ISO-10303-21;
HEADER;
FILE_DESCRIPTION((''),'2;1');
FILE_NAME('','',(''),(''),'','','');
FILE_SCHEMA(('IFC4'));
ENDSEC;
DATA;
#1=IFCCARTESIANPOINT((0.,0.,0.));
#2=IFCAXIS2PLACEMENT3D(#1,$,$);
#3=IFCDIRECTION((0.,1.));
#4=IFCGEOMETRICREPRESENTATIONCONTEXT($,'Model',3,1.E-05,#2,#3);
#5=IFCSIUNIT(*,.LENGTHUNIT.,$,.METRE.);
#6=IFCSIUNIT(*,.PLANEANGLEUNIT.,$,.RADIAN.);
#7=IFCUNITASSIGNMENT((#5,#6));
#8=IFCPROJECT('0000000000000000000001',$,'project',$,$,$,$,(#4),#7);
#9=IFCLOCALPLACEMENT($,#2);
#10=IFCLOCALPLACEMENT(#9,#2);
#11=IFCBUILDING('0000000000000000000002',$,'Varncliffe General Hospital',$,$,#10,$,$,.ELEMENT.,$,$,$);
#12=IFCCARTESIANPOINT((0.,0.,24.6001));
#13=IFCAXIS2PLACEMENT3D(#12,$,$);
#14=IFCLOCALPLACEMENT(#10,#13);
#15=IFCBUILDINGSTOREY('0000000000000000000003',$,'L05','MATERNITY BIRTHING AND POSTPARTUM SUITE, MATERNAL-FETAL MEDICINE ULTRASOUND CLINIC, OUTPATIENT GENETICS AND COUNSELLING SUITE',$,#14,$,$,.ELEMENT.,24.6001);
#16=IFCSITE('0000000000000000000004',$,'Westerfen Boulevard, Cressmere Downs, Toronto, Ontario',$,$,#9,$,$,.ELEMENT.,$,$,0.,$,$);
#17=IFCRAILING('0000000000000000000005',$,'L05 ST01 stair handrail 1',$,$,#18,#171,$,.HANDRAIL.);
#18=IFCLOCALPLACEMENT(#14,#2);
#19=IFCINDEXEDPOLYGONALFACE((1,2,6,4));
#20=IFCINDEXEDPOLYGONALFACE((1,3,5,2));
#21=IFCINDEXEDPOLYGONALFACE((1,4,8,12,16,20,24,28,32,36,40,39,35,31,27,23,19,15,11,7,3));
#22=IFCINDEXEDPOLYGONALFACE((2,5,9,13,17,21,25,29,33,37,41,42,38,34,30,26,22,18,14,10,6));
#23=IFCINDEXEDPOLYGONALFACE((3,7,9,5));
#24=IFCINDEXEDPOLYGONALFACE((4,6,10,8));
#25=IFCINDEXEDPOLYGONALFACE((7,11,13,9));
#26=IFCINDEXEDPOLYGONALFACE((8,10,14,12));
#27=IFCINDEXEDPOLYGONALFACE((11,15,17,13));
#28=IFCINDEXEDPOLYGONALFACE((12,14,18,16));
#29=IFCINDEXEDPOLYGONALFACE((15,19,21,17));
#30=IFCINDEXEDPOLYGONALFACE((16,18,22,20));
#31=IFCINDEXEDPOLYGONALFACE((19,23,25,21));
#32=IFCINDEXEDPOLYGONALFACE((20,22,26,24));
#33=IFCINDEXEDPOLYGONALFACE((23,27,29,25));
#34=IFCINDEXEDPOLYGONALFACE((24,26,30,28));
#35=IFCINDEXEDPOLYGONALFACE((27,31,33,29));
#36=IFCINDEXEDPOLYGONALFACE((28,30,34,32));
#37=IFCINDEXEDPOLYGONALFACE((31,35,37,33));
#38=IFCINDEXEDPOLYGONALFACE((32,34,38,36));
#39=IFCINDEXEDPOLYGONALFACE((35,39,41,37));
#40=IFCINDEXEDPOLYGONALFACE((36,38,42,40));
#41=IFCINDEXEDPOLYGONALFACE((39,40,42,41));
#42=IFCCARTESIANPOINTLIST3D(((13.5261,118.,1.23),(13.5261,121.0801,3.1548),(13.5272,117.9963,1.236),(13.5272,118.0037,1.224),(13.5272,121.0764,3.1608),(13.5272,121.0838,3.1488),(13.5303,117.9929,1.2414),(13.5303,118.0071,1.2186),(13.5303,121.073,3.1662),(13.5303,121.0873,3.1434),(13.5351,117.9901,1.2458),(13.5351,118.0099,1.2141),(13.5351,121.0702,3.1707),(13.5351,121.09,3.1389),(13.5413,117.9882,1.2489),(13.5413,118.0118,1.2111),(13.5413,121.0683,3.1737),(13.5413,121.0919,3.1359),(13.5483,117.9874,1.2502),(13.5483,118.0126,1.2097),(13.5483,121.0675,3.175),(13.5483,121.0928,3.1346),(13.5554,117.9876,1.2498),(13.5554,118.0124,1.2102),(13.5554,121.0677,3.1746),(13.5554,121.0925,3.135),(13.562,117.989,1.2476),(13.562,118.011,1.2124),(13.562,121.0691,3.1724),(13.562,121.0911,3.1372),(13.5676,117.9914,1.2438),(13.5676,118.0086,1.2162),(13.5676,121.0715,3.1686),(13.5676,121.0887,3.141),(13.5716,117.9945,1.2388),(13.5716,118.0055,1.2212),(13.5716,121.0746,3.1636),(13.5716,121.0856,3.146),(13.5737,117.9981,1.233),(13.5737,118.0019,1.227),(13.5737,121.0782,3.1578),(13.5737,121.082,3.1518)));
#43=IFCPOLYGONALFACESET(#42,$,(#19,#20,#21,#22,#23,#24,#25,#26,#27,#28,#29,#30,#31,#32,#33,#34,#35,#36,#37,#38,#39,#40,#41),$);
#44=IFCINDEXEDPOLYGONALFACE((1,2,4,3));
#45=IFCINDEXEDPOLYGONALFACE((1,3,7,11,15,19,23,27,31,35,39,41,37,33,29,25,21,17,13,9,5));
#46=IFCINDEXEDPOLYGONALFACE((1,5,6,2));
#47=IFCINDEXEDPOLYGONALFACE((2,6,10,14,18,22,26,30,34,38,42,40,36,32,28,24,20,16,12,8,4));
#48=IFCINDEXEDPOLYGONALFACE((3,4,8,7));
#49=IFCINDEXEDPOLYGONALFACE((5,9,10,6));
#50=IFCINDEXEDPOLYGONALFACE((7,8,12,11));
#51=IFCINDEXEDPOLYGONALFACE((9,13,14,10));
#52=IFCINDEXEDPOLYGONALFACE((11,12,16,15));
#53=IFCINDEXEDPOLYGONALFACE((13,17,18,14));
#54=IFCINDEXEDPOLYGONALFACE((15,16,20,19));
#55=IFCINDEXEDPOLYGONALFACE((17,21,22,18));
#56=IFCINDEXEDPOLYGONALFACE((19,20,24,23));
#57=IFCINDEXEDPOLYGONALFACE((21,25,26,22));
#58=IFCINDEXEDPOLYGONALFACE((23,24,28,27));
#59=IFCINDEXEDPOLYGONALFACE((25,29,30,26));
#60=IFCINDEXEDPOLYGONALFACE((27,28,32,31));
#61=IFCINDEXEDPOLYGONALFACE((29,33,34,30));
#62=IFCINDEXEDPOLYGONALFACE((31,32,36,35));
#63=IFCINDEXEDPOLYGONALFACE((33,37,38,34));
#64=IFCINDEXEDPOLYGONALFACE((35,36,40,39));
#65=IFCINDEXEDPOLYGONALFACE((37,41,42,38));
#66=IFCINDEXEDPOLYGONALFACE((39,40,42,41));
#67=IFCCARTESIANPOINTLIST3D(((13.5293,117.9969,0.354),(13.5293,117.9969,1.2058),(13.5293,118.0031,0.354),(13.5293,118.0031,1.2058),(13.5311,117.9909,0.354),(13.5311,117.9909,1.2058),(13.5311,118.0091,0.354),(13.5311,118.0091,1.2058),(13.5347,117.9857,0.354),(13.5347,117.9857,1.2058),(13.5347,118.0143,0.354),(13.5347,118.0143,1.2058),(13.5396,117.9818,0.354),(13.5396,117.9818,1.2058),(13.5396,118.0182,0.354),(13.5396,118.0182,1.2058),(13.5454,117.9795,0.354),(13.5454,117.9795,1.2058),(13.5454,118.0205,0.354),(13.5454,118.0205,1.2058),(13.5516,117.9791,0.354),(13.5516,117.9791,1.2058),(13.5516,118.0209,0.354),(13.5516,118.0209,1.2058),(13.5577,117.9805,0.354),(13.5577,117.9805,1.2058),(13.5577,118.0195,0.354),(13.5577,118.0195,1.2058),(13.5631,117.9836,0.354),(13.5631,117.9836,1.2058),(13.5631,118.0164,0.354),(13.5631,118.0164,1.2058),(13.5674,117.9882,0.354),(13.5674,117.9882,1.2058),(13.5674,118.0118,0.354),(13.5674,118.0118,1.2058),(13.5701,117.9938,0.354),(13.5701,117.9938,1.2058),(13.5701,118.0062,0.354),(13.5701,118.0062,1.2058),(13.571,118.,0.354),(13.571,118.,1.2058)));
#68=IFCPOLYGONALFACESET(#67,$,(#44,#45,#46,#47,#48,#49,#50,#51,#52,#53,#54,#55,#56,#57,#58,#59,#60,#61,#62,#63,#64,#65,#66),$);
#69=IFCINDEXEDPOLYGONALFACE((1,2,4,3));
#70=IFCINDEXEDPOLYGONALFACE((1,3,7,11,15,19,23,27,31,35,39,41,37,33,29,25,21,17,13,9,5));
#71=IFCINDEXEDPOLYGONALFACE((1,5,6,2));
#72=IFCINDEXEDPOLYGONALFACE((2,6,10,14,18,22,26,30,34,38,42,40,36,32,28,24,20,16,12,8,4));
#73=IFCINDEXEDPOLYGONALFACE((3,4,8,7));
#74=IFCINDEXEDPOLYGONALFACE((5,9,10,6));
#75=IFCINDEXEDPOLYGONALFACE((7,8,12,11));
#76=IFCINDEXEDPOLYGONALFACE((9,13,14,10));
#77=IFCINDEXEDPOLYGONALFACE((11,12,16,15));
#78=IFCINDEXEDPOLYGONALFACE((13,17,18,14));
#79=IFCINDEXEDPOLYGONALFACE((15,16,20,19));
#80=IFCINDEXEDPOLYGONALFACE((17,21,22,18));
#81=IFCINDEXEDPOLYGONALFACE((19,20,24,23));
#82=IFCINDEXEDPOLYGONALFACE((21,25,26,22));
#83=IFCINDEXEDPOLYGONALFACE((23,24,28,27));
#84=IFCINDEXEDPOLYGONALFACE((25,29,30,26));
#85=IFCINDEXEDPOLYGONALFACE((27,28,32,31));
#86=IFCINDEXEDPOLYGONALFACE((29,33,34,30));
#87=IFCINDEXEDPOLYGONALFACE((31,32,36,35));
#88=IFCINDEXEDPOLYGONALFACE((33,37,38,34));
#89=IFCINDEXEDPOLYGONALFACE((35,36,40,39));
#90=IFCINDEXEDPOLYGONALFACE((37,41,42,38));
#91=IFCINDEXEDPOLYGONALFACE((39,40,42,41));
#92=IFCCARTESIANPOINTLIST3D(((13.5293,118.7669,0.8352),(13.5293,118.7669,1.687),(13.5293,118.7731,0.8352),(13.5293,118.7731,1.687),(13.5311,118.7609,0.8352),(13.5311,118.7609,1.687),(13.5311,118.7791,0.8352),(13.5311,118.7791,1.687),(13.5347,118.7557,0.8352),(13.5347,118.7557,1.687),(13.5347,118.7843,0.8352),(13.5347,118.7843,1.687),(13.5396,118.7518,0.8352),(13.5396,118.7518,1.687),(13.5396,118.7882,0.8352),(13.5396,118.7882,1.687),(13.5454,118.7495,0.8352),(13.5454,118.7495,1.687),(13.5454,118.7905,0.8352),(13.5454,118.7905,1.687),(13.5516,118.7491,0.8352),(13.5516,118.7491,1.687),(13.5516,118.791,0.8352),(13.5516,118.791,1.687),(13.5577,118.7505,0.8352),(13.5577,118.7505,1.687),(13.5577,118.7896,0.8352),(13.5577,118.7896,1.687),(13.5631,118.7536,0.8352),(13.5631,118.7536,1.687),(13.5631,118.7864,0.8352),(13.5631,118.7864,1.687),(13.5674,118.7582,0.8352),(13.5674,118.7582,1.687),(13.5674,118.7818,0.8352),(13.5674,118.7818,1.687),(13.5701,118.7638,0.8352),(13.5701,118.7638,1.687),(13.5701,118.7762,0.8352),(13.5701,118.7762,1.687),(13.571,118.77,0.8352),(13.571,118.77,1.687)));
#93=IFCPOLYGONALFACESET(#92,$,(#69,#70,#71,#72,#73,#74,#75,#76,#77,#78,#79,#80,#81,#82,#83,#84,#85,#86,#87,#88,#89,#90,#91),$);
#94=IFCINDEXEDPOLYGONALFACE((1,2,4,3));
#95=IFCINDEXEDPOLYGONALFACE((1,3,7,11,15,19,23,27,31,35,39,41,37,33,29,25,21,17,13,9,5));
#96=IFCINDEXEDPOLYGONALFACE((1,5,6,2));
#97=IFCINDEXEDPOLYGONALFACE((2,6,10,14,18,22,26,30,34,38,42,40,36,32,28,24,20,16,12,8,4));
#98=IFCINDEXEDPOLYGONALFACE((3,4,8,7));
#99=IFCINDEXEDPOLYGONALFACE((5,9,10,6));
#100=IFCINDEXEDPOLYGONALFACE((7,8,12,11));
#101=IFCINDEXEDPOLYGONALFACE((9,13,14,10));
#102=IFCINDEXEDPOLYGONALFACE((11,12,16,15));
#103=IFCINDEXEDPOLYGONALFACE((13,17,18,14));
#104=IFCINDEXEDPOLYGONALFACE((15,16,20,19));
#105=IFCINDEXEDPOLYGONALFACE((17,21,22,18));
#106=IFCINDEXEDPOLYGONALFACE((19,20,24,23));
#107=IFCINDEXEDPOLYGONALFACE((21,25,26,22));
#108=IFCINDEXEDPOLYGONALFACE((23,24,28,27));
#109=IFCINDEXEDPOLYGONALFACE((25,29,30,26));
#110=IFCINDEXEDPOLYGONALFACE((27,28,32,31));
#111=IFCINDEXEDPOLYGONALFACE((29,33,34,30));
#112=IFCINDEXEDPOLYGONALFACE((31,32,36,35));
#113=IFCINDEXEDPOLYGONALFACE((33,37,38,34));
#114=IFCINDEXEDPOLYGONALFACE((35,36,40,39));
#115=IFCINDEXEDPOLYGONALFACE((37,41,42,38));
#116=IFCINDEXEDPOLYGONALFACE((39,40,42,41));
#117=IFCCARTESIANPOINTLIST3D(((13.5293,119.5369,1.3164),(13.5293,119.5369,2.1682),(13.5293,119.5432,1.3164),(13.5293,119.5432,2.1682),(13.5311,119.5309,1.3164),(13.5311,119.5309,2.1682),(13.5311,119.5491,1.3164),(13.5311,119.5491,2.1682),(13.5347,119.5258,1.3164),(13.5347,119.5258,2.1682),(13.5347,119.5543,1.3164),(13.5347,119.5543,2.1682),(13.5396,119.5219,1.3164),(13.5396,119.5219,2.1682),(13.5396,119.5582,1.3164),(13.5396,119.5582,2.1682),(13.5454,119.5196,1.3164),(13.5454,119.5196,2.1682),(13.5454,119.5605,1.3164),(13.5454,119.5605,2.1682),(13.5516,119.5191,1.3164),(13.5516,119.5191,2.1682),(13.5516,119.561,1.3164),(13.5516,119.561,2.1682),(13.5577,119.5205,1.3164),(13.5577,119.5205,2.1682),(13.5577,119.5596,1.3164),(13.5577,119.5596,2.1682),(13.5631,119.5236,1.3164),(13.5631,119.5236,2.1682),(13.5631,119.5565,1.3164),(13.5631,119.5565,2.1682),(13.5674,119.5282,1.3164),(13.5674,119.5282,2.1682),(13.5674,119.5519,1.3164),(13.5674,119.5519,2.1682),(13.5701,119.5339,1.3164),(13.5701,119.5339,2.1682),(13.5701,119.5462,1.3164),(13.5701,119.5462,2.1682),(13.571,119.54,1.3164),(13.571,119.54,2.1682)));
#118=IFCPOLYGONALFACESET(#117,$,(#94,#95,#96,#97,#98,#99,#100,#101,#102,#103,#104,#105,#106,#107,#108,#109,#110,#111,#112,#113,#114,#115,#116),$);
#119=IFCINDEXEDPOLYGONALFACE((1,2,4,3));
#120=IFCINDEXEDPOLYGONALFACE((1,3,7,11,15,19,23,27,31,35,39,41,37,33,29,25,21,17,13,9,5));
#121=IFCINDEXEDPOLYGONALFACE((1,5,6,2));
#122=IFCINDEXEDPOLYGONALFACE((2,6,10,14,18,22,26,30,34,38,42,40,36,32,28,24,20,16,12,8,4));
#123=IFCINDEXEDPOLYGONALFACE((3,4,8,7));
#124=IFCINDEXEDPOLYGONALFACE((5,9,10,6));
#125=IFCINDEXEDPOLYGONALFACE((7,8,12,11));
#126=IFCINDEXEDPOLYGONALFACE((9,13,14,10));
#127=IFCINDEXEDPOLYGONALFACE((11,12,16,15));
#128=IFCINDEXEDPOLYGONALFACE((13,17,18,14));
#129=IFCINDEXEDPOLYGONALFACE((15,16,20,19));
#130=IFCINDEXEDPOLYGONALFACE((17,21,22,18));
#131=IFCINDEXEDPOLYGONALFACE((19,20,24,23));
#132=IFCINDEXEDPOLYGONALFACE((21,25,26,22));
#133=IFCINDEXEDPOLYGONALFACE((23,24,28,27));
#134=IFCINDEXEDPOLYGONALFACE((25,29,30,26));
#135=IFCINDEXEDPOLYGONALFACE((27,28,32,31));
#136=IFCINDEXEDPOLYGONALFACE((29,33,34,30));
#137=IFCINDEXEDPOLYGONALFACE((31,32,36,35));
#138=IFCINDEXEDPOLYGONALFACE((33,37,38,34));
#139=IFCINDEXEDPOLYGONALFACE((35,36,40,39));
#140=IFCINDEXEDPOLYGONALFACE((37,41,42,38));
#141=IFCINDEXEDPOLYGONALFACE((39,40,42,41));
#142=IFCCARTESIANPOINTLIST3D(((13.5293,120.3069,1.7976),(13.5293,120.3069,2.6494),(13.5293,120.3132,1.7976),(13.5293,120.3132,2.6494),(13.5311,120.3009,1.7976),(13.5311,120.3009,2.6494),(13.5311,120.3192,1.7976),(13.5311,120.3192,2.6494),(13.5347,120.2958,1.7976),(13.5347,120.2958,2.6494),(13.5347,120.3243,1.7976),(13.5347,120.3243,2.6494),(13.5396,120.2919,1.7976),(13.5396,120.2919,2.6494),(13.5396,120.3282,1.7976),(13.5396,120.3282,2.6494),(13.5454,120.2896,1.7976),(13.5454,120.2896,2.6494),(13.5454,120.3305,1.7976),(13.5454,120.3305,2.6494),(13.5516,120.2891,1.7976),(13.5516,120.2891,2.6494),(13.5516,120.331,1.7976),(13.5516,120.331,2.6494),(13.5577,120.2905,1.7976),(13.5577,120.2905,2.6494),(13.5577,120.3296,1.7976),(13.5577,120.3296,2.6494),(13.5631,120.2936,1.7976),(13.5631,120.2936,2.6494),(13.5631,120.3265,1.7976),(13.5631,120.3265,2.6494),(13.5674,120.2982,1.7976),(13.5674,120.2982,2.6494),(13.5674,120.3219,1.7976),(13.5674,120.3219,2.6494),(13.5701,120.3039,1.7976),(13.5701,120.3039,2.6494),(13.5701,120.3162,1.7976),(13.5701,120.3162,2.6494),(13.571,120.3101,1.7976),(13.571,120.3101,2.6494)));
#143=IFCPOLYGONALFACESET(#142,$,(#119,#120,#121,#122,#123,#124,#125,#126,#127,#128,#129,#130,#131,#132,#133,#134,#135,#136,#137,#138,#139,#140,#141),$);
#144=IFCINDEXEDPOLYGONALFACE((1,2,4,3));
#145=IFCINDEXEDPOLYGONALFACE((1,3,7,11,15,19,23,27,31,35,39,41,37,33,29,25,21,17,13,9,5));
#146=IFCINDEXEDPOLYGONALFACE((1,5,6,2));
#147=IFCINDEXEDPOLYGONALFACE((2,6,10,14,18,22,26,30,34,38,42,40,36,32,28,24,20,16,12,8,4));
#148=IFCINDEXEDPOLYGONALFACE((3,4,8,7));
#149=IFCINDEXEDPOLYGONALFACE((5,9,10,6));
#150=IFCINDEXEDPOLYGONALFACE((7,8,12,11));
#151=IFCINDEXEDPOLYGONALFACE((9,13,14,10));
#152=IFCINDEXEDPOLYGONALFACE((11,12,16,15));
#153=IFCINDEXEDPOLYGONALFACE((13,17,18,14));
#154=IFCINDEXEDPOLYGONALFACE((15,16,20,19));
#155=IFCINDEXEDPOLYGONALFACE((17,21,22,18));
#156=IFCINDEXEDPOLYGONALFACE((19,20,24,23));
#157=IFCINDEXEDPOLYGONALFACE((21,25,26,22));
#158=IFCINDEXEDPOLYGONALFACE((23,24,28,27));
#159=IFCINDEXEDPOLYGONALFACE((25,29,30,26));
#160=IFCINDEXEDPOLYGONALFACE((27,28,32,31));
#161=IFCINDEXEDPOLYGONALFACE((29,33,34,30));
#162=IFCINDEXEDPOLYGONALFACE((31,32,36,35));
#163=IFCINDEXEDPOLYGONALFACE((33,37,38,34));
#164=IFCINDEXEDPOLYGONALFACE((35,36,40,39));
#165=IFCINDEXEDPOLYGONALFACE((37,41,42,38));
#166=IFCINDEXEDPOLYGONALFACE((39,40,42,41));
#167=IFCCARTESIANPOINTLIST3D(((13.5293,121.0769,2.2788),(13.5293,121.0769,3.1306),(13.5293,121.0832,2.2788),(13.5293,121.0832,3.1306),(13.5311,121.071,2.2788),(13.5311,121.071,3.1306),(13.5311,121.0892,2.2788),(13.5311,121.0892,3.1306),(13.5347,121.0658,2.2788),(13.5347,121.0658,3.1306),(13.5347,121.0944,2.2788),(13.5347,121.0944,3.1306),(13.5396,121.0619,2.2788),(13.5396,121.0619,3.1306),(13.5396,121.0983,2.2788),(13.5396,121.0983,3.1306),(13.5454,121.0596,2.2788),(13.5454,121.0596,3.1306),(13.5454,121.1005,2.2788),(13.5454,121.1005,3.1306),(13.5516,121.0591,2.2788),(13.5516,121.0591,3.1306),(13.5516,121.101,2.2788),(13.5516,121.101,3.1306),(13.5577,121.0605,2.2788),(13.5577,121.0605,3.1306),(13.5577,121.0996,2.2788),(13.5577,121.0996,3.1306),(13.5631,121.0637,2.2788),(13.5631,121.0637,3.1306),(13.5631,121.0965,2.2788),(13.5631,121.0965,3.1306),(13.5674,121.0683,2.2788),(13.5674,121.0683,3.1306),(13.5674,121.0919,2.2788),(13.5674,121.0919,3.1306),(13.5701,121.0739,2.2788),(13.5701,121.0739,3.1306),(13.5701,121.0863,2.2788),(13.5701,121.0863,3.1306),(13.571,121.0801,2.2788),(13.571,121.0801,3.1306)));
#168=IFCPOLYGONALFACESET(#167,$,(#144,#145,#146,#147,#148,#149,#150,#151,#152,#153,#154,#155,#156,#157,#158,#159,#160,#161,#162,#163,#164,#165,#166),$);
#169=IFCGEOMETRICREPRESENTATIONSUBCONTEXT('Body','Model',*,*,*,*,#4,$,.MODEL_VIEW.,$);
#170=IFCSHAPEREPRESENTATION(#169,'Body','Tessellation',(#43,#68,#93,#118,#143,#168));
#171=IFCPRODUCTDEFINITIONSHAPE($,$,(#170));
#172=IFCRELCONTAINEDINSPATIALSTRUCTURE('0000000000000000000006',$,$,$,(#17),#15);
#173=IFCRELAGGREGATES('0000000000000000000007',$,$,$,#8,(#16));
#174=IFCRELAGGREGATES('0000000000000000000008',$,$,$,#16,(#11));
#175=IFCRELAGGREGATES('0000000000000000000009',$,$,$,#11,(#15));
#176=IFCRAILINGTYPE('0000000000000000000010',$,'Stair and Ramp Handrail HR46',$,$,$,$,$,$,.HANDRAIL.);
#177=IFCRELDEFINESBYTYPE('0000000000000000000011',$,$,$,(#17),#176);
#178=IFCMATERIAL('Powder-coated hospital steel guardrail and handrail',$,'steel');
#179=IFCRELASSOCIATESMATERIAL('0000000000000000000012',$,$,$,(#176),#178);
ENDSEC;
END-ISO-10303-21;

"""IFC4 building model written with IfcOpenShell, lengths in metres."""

from ifc_helpers import new_model, si_unit, direction, frame, origin, origin_2d, place, context, subcontext, project, spatial, circle, extrude, material, type_object, element, save


model = new_model("IFC4")

# Units and contexts
model_context = context("Model", 3, precision=1e-05, world=origin(), true_north=direction((0.0, 1.0)))
body_context = subcontext(model_context, "Body", "Model", "MODEL_VIEW")
ifc_project = project(units=[si_unit("LENGTHUNIT", "METRE"), si_unit("PLANEANGLEUNIT", "RADIAN")], contexts=[model_context])

# Site, building, storey
site_placement = place(None, origin())
site = spatial("IfcSite", under=ifc_project, at=site_placement, Name="Westerfen Boulevard, Cressmere Downs, Toronto, Ontario", CompositionType="ELEMENT", RefElevation=0.0)
building_placement = place(site_placement, origin())
building = spatial("IfcBuilding", under=site, at=building_placement, Name="Varncliffe General Hospital", CompositionType="ELEMENT")
storey_placement = place(building_placement, frame((0.0, 0.0, 24.6001)))
storey = spatial("IfcBuildingStorey", under=building, at=storey_placement, Name="L05", Description="MATERNITY BIRTHING AND POSTPARTUM SUITE, MATERNAL-FETAL MEDICINE ULTRASOUND CLINIC, OUTPATIENT GENETICS AND COUNSELLING SUITE", CompositionType="ELEMENT", Elevation=24.6001)

# Railing
ifc_material_1 = material(Name="Powder-coated hospital steel guardrail and handrail", Category="steel")
railing_type_1 = type_object("IfcRailingType", Name="Stair and Ramp Handrail HR46", PredefinedType="HANDRAIL", material=ifc_material_1)
railing_1_placement = place(storey_placement, frame((13.55, 118.0, 0.354)))
element("IfcRailing", 1, at=railing_1_placement, inside=storey, type_object=railing_type_1, Name="L05 ST01 stair handrail 1", PredefinedType="HANDRAIL", context=body_context, shape_type="SweptSolid", body=[
    extrude(circle(Radius=0.0239, at=origin_2d()), frame((0.0, 0.0, 0.876), z_axis=(0.0, 0.848029, 0.529951), x_axis=(-1.0, 0.0, 0.0)), (0.0, 0.0, 1.0), 3.6321),
    extrude(circle(Radius=0.021, at=origin_2d()), origin(), (0.0, 0.0, 1.0), 0.8518),
    extrude(circle(Radius=0.021, at=origin_2d()), frame((0.0, 0.77, 0.4812)), (0.0, 0.0, 1.0), 0.8518),
    extrude(circle(Radius=0.021, at=origin_2d()), frame((0.0, 1.54, 0.9624)), (0.0, 0.0, 1.0), 0.8518),
    extrude(circle(Radius=0.021, at=origin_2d()), frame((0.0, 2.3101, 1.4436)), (0.0, 0.0, 1.0), 0.8518),
    extrude(circle(Radius=0.021, at=origin_2d()), frame((0.0, 3.0801, 1.9248)), (0.0, 0.0, 1.0), 0.8518),
])

save(model, "model.ifc")
